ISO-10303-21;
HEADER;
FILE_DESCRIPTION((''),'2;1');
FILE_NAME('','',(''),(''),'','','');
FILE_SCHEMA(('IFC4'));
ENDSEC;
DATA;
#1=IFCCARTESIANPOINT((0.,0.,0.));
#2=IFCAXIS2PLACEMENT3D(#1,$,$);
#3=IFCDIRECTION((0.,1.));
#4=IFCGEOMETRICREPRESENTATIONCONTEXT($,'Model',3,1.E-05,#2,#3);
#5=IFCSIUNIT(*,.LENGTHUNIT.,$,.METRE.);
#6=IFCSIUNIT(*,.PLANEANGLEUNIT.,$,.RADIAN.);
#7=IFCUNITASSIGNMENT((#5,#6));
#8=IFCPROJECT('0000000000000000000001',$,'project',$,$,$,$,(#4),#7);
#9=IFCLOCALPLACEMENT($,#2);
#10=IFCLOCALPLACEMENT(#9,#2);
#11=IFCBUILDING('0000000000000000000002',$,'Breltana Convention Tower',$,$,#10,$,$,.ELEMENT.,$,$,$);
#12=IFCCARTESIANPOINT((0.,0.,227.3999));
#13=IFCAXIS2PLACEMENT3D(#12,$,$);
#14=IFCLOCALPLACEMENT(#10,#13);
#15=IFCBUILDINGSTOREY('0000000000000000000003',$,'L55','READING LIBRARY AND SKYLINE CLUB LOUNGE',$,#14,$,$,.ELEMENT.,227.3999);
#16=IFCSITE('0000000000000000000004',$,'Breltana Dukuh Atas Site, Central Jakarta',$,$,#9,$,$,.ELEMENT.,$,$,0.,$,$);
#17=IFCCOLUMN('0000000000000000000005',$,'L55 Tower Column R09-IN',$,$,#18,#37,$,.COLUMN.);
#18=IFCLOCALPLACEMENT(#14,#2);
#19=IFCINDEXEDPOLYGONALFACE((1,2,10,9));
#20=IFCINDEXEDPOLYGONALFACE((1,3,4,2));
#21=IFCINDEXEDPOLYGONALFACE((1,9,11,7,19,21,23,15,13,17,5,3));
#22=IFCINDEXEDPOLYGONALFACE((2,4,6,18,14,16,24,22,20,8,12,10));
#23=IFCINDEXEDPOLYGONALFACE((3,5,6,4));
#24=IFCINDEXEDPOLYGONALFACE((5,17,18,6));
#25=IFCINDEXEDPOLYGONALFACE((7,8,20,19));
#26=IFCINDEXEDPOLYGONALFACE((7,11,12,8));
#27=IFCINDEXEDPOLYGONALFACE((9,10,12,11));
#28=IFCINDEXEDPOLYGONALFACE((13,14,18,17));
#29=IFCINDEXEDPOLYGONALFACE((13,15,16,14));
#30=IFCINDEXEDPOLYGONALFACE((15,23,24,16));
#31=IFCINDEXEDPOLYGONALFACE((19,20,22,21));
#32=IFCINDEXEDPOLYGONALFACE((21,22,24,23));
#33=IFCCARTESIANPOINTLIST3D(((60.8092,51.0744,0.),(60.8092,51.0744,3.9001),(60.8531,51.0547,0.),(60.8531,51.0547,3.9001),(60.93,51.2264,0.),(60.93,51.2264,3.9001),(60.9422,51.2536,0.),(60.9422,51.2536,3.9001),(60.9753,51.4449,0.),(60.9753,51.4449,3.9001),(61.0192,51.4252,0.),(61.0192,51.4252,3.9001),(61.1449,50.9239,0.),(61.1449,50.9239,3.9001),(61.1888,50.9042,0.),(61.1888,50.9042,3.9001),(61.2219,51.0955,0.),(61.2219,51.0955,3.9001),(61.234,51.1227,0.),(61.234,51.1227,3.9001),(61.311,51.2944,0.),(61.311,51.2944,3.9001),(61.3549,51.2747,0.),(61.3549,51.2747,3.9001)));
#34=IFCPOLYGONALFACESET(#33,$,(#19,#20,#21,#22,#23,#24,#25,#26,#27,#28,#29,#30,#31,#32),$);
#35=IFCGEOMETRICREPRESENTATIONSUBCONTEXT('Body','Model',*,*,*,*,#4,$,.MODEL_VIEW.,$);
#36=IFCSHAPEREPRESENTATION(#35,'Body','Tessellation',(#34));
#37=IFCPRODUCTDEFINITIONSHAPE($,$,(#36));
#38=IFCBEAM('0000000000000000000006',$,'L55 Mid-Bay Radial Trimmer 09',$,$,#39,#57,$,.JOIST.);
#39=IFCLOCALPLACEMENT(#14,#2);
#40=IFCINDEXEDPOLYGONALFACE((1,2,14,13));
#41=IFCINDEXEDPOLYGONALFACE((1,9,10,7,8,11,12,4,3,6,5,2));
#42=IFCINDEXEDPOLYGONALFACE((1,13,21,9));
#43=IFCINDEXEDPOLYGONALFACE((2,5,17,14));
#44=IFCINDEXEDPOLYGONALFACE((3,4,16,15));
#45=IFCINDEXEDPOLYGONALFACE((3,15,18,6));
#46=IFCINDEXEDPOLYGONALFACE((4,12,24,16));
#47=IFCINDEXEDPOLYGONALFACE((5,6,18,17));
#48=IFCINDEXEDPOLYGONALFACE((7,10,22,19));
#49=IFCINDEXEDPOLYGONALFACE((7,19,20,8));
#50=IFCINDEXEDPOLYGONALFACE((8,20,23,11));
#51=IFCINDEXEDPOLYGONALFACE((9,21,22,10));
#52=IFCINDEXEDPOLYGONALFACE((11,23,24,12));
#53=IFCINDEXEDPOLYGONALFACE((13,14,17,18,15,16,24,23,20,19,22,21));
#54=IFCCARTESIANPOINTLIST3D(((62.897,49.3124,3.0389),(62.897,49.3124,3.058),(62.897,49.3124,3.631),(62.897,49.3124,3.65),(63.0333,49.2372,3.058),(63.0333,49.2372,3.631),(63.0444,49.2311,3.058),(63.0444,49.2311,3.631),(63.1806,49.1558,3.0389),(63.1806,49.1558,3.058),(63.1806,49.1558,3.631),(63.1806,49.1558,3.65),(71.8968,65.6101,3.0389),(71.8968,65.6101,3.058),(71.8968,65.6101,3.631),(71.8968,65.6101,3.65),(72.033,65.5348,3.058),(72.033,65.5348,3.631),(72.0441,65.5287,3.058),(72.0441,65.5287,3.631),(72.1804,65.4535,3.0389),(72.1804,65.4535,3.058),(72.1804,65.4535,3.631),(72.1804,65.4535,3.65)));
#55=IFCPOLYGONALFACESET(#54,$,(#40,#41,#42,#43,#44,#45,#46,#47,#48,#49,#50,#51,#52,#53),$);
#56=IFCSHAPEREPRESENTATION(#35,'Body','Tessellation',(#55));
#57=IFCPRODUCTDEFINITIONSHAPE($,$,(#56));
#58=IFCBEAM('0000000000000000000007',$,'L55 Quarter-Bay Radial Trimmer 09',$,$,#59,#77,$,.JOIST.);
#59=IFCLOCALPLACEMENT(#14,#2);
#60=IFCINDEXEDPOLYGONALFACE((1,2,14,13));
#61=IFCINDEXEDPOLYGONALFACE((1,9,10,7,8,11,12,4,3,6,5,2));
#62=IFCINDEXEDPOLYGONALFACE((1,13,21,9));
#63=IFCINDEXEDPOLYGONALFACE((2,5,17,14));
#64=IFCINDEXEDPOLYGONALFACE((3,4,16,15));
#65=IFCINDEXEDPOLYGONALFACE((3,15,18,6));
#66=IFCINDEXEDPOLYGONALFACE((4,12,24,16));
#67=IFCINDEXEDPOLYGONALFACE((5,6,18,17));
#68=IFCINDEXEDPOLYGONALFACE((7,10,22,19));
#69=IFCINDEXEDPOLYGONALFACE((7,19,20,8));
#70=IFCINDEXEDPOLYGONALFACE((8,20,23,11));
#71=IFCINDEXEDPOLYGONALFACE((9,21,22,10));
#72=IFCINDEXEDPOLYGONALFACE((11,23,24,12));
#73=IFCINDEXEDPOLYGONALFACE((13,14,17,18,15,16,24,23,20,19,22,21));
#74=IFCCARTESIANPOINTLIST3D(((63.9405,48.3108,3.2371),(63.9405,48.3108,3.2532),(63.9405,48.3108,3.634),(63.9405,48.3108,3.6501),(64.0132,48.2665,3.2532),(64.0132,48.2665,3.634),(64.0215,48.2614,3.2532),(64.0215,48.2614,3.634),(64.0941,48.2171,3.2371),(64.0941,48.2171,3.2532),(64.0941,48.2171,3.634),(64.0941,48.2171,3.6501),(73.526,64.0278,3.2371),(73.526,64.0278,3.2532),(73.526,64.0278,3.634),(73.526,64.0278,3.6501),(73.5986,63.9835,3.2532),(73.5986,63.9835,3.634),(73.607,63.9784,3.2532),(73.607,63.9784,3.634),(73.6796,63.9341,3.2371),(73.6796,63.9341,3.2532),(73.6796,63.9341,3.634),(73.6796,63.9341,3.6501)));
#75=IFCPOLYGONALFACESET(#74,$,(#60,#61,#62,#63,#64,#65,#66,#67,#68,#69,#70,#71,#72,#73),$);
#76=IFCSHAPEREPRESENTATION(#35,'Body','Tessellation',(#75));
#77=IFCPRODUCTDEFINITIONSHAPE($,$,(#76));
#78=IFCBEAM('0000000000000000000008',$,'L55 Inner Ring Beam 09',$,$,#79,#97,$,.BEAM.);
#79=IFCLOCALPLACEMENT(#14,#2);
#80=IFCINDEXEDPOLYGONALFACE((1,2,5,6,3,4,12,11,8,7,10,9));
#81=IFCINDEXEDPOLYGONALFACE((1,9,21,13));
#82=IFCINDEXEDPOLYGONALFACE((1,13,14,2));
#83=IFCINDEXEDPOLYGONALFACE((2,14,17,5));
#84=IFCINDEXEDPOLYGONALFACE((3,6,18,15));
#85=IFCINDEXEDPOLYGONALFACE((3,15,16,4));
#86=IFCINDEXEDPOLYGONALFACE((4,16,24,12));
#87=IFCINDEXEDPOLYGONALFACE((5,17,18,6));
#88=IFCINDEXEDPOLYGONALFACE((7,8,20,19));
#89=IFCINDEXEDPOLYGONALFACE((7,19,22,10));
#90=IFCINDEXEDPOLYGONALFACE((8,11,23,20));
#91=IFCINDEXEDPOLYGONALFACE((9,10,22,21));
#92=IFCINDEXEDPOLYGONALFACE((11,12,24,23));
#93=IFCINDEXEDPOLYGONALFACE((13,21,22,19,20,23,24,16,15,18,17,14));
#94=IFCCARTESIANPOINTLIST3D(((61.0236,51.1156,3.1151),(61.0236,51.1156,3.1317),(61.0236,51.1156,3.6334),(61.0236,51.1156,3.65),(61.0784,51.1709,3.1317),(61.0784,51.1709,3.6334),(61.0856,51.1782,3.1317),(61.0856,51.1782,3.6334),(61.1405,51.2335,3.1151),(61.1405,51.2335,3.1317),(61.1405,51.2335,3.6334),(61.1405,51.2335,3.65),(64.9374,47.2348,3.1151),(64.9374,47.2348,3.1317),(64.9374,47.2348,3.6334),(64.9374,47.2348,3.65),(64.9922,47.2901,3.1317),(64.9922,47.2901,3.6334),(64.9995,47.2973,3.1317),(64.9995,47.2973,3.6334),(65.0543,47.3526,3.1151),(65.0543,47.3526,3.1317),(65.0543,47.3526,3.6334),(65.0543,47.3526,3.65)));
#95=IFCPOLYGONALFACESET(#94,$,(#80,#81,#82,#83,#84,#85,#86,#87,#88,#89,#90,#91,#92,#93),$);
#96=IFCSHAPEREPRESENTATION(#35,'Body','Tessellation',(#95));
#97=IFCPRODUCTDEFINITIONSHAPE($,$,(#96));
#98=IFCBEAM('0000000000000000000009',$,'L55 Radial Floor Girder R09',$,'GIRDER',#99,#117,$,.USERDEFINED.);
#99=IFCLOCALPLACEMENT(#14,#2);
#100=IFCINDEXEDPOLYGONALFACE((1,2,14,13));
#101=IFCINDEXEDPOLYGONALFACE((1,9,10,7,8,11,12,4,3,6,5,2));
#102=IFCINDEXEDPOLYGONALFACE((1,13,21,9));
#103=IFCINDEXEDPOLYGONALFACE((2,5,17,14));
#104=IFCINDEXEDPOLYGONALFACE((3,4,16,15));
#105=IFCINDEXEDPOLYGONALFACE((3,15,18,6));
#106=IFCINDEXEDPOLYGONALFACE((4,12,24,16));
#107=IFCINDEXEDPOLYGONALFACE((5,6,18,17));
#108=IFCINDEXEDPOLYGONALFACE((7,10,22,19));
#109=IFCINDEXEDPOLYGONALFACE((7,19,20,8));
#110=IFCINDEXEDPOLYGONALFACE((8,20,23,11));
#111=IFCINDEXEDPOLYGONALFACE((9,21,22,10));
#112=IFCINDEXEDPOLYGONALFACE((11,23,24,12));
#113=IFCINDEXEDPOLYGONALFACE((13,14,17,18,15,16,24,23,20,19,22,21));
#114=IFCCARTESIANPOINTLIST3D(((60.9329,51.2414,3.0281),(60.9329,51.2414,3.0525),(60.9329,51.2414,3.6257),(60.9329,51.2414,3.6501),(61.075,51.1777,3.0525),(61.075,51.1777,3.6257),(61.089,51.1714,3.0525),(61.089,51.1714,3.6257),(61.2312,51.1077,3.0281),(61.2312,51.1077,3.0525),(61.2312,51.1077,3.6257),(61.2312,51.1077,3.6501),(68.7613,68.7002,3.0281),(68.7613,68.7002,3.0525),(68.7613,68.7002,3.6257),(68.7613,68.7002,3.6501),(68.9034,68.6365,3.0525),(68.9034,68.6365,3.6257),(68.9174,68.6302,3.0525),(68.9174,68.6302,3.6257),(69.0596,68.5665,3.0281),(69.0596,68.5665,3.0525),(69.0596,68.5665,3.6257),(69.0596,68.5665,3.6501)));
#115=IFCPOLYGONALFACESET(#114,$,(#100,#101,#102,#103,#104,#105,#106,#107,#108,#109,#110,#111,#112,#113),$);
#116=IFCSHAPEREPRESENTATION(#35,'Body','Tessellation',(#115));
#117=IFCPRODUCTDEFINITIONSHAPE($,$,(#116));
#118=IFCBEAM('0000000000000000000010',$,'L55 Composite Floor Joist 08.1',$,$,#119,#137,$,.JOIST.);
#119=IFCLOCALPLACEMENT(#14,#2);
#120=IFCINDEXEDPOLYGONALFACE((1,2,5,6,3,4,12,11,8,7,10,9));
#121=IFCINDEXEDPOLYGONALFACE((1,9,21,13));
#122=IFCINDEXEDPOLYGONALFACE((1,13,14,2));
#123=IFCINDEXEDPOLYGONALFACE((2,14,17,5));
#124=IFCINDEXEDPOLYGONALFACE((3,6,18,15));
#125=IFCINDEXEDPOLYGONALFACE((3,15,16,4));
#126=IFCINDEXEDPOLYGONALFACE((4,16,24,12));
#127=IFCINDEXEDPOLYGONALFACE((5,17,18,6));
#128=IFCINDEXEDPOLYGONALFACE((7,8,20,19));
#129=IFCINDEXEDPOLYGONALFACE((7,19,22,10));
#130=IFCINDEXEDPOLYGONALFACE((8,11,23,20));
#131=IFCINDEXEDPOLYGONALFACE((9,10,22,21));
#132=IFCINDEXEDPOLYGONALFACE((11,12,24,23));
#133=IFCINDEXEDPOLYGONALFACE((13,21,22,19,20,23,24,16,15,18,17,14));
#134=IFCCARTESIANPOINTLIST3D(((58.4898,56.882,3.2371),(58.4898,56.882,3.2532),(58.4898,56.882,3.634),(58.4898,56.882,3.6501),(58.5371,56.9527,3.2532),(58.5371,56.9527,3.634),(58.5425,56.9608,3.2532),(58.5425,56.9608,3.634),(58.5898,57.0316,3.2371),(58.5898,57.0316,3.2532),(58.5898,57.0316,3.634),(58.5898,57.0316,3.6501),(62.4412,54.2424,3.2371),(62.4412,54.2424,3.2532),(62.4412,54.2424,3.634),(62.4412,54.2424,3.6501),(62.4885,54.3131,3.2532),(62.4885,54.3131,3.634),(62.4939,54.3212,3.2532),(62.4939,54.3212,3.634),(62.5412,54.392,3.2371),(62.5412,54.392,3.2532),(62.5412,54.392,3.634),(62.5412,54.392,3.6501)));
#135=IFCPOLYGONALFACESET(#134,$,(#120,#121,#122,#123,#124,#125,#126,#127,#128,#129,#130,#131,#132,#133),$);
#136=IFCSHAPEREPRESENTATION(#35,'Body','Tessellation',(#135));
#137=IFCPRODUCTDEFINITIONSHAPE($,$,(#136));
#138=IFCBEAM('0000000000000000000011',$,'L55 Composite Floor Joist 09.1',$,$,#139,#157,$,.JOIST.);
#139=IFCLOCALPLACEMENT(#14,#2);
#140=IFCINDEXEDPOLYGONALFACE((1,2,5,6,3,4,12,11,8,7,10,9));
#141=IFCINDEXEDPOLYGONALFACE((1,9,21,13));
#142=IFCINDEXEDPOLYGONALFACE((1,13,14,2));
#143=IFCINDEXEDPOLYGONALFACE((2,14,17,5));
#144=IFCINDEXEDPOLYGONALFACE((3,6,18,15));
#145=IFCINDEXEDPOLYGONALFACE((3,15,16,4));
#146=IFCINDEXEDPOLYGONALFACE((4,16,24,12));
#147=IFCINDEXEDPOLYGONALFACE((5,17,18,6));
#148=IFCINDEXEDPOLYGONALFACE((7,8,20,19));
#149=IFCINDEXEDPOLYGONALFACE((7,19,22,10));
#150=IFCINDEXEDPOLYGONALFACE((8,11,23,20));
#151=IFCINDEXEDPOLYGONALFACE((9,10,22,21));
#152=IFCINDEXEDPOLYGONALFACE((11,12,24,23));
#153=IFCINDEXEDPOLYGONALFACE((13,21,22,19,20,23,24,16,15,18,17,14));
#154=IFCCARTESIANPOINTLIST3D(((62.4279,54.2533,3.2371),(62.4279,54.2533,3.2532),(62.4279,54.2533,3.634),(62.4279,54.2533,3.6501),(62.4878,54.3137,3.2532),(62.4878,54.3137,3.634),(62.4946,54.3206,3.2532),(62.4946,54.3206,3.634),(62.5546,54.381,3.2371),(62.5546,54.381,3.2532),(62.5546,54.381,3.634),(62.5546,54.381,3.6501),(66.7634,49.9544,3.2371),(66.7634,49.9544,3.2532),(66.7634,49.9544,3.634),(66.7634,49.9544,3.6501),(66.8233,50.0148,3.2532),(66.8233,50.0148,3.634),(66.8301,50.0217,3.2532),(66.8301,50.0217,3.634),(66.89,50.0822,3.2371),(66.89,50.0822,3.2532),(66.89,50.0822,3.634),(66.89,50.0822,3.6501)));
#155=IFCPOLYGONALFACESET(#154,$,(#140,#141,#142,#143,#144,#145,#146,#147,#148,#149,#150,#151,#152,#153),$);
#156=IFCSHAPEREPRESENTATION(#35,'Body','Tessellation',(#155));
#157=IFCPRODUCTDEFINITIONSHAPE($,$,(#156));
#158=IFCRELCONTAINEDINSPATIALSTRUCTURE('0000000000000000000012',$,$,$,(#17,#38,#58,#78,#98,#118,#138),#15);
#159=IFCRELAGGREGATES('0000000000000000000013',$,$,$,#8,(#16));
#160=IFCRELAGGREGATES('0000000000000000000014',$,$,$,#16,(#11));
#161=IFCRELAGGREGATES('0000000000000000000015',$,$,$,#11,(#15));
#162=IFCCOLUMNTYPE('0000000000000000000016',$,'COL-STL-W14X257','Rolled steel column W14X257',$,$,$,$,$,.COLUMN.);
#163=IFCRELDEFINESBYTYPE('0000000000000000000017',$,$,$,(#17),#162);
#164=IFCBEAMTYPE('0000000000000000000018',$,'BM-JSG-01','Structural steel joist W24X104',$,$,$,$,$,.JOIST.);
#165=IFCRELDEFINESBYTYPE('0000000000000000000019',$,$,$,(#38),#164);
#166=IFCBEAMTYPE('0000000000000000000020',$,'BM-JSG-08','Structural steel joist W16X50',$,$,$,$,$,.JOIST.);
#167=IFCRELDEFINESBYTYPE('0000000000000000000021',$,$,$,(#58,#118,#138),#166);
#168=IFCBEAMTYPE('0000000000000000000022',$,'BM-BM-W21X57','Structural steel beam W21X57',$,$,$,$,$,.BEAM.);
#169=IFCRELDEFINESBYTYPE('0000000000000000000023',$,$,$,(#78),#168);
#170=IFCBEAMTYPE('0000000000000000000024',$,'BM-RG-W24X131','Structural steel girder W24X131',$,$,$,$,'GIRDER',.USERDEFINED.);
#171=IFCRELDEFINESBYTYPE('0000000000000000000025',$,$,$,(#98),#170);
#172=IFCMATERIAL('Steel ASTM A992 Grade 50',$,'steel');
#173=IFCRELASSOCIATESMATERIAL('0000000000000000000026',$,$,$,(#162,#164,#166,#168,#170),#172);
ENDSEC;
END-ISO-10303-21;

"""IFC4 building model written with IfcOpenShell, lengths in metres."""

from ifc_helpers import new_model, si_unit, direction, frame, origin, origin_2d, place, context, subcontext, project, spatial, i_section, extrude, source, transform, mapped, material, material_profile, profile_set, type_object, element, save


model = new_model("IFC4")

# Units and contexts
model_context = context("Model", 3, precision=1e-05, world=origin(), true_north=direction((0.0, 1.0)))
body_context = subcontext(model_context, "Body", "Model", "MODEL_VIEW")
ifc_project = project(units=[si_unit("LENGTHUNIT", "METRE"), si_unit("PLANEANGLEUNIT", "RADIAN")], contexts=[model_context])

# Site, building, storey
site_placement = place(None, origin())
site = spatial("IfcSite", under=ifc_project, at=site_placement, Name="Breltana Dukuh Atas Site, Central Jakarta", CompositionType="ELEMENT", RefElevation=0.0)
building_placement = place(site_placement, origin())
building = spatial("IfcBuilding", under=site, at=building_placement, Name="Breltana Convention Tower", CompositionType="ELEMENT")
storey_placement = place(building_placement, frame((0.0, 0.0, 227.3999)))
storey = spatial("IfcBuildingStorey", under=building, at=storey_placement, Name="L55", Description="READING LIBRARY AND SKYLINE CLUB LOUNGE", CompositionType="ELEMENT", Elevation=227.3999)

# Column
ifc_material_1 = material(Name="Steel ASTM A992 Grade 50", Category="steel")
ifc_material_profile_1 = material_profile(ifc_material_1, i_section(OverallWidth=0.406, OverallDepth=0.416, WebThickness=0.0298, FlangeThickness=0.0481, at=origin_2d()), Name="W14X257")
ifc_profile_set_1 = profile_set([ifc_material_profile_1], Name="Steel ASTM A992 Grade 50")
column_type = type_object("IfcColumnType", Name="COL-STL-W14X257", Description="Rolled steel column W14X257", PredefinedType="COLUMN", material=ifc_profile_set_1)
shared_shape_1 = source(origin(), body_context, "Body", "SweptSolid", [
    extrude(i_section(OverallWidth=0.406, OverallDepth=0.416, WebThickness=0.0298, FlangeThickness=0.0481, at=origin_2d()), origin(), (0.0, 0.0, 1.0), 3.9001),
])
column_placement = place(storey_placement, frame((61.082, 51.1746, 0.0), z_axis=(0.0, 0.0, 1.0), x_axis=(0.409127, 0.912477, 0.0)))
element("IfcColumn", 1, at=column_placement, inside=storey, type_object=column_type, Name="L55 Tower Column R09-IN", PredefinedType="COLUMN", context=body_context, shape_type="MappedRepresentation", body=[
    mapped(shared_shape_1, transform((0.0, 0.0, 0.0), scale=1.0)),
])

# Beams
ifc_material_profile_2 = material_profile(ifc_material_1, i_section(OverallWidth=0.324, OverallDepth=0.6111, WebThickness=0.0127, FlangeThickness=0.019, at=origin_2d()), Name="W24X104")
ifc_profile_set_2 = profile_set([ifc_material_profile_2], Name="Steel ASTM A992 Grade 50")
beam_type_1 = type_object("IfcBeamType", Name="BM-JSG-01", Description="Structural steel joist W24X104", PredefinedType="JOIST", material=ifc_profile_set_2)
shared_shape_2 = source(origin(), body_context, "Body", "SweptSolid", [
    extrude(i_section(OverallWidth=0.324, OverallDepth=0.6111, WebThickness=0.0127, FlangeThickness=0.019, at=origin_2d()), origin(), (0.0, 0.0, 1.0), 18.6174),
])
beam_1_placement = place(storey_placement, frame((63.0388, 49.2341, 3.3445), z_axis=(0.483406, 0.875396, 0.0), x_axis=(-0.875396, 0.483406, 0.0)))
element("IfcBeam", 2, at=beam_1_placement, inside=storey, type_object=beam_type_1, Name="L55 Mid-Bay Radial Trimmer 09", PredefinedType="JOIST", context=body_context, shape_type="MappedRepresentation", body=[
    mapped(shared_shape_2, transform((0.0, 0.0, 0.0), scale=1.0)),
])
ifc_material_profile_3 = material_profile(ifc_material_1, i_section(OverallWidth=0.1799, OverallDepth=0.4131, WebThickness=0.0098, FlangeThickness=0.0161, at=origin_2d()), Name="W16X50")
ifc_profile_set_3 = profile_set([ifc_material_profile_3], Name="Steel ASTM A992 Grade 50")
beam_type_2 = type_object("IfcBeamType", Name="BM-JSG-08", Description="Structural steel joist W16X50", PredefinedType="JOIST", material=ifc_profile_set_3)
shared_shape_3 = source(origin(), body_context, "Body", "SweptSolid", [
    extrude(i_section(OverallWidth=0.1799, OverallDepth=0.4131, WebThickness=0.0098, FlangeThickness=0.0161, at=origin_2d()), origin(), (0.0, 0.0, 1.0), 18.4094),
])
beam_2_placement = place(storey_placement, frame((64.0173, 48.2639, 3.4436), z_axis=(0.520682, 0.853751, 0.0), x_axis=(-0.853751, 0.520682, 0.0)))
element("IfcBeam", 3, at=beam_2_placement, inside=storey, type_object=beam_type_2, Name="L55 Quarter-Bay Radial Trimmer 09", PredefinedType="JOIST", context=body_context, shape_type="MappedRepresentation", body=[
    mapped(shared_shape_3, transform((0.0, 0.0, 0.0), scale=1.0)),
])
ifc_material_profile_4 = material_profile(ifc_material_1, i_section(OverallWidth=0.166, OverallDepth=0.5349, WebThickness=0.0103, FlangeThickness=0.0166, at=origin_2d()), Name="W21X57")
ifc_profile_set_4 = profile_set([ifc_material_profile_4], Name="Steel ASTM A992 Grade 50")
beam_type_3 = type_object("IfcBeamType", Name="BM-BM-W21X57", Description="Structural steel beam W21X57", PredefinedType="BEAM", material=ifc_profile_set_4)
shared_shape_4 = source(origin(), body_context, "Body", "SweptSolid", [
    extrude(i_section(OverallWidth=0.166, OverallDepth=0.5349, WebThickness=0.0103, FlangeThickness=0.0166, at=origin_2d()), origin(), (0.0, 0.0, 1.0), 5.5117),
])
beam_3_placement = place(storey_placement, frame((61.082, 51.1746, 3.3826), z_axis=(0.71009, -0.704111, 0.0), x_axis=(0.704111, 0.71009, 0.0)))
element("IfcBeam", 4, at=beam_3_placement, inside=storey, type_object=beam_type_3, Name="L55 Inner Ring Beam 09", PredefinedType="BEAM", context=body_context, shape_type="MappedRepresentation", body=[
    mapped(shared_shape_4, transform((0.0, 0.0, 0.0), scale=1.0)),
])
ifc_material_profile_5 = material_profile(ifc_material_1, i_section(OverallWidth=0.3269, OverallDepth=0.6221, WebThickness=0.0154, FlangeThickness=0.0244, at=origin_2d()), Name="W24X131")
ifc_profile_set_5 = profile_set([ifc_material_profile_5], Name="Steel ASTM A992 Grade 50")
beam_type_4 = type_object("IfcBeamType", Name="BM-RG-W24X131", Description="Structural steel girder W24X131", ElementType="GIRDER", PredefinedType="USERDEFINED", material=ifc_profile_set_5)
shared_shape_5 = source(origin(), body_context, "Body", "SweptSolid", [
    extrude(i_section(OverallWidth=0.3269, OverallDepth=0.6221, WebThickness=0.0154, FlangeThickness=0.0244, at=origin_2d()), origin(), (0.0, 0.0, 1.0), 19.1335),
])
beam_4_placement = place(storey_placement, frame((61.082, 51.1746, 3.3391), z_axis=(0.409145, 0.91247, 0.0), x_axis=(-0.91247, 0.409145, 0.0)))
element("IfcBeam", 5, at=beam_4_placement, inside=storey, type_object=beam_type_4, Name="L55 Radial Floor Girder R09", ObjectType="GIRDER", PredefinedType="USERDEFINED", context=body_context, shape_type="MappedRepresentation", body=[
    mapped(shared_shape_5, transform((0.0, 0.0, 0.0), scale=1.0)),
])
shared_shape_6 = source(origin(), body_context, "Body", "SweptSolid", [
    extrude(i_section(OverallWidth=0.1799, OverallDepth=0.4131, WebThickness=0.0098, FlangeThickness=0.0161, at=origin_2d()), origin(), (0.0, 0.0, 1.0), 4.752),
])
beam_5_placement = place(storey_placement, frame((58.5398, 56.9568, 3.4436), z_axis=(0.831528, -0.555482, 0.0), x_axis=(0.555482, 0.831528, 0.0)))
element("IfcBeam", 6, at=beam_5_placement, inside=storey, type_object=beam_type_2, Name="L55 Composite Floor Joist 08.1", PredefinedType="JOIST", context=body_context, shape_type="MappedRepresentation", body=[
    mapped(shared_shape_6, transform((0.0, 0.0, 0.0), scale=1.0)),
])
shared_shape_7 = source(origin(), body_context, "Body", "SweptSolid", [
    extrude(i_section(OverallWidth=0.1799, OverallDepth=0.4131, WebThickness=0.0098, FlangeThickness=0.0161, at=origin_2d()), origin(), (0.0, 0.0, 1.0), 6.1055),
])
beam_6_placement = place(storey_placement, frame((62.4912, 54.3171, 3.4436), z_axis=(0.710099, -0.704101, 0.0), x_axis=(0.704101, 0.710099, 0.0)))
element("IfcBeam", 7, at=beam_6_placement, inside=storey, type_object=beam_type_2, Name="L55 Composite Floor Joist 09.1", PredefinedType="JOIST", context=body_context, shape_type="MappedRepresentation", body=[
    mapped(shared_shape_7, transform((0.0, 0.0, 0.0), scale=1.0)),
])

save(model, "model.ifc")
